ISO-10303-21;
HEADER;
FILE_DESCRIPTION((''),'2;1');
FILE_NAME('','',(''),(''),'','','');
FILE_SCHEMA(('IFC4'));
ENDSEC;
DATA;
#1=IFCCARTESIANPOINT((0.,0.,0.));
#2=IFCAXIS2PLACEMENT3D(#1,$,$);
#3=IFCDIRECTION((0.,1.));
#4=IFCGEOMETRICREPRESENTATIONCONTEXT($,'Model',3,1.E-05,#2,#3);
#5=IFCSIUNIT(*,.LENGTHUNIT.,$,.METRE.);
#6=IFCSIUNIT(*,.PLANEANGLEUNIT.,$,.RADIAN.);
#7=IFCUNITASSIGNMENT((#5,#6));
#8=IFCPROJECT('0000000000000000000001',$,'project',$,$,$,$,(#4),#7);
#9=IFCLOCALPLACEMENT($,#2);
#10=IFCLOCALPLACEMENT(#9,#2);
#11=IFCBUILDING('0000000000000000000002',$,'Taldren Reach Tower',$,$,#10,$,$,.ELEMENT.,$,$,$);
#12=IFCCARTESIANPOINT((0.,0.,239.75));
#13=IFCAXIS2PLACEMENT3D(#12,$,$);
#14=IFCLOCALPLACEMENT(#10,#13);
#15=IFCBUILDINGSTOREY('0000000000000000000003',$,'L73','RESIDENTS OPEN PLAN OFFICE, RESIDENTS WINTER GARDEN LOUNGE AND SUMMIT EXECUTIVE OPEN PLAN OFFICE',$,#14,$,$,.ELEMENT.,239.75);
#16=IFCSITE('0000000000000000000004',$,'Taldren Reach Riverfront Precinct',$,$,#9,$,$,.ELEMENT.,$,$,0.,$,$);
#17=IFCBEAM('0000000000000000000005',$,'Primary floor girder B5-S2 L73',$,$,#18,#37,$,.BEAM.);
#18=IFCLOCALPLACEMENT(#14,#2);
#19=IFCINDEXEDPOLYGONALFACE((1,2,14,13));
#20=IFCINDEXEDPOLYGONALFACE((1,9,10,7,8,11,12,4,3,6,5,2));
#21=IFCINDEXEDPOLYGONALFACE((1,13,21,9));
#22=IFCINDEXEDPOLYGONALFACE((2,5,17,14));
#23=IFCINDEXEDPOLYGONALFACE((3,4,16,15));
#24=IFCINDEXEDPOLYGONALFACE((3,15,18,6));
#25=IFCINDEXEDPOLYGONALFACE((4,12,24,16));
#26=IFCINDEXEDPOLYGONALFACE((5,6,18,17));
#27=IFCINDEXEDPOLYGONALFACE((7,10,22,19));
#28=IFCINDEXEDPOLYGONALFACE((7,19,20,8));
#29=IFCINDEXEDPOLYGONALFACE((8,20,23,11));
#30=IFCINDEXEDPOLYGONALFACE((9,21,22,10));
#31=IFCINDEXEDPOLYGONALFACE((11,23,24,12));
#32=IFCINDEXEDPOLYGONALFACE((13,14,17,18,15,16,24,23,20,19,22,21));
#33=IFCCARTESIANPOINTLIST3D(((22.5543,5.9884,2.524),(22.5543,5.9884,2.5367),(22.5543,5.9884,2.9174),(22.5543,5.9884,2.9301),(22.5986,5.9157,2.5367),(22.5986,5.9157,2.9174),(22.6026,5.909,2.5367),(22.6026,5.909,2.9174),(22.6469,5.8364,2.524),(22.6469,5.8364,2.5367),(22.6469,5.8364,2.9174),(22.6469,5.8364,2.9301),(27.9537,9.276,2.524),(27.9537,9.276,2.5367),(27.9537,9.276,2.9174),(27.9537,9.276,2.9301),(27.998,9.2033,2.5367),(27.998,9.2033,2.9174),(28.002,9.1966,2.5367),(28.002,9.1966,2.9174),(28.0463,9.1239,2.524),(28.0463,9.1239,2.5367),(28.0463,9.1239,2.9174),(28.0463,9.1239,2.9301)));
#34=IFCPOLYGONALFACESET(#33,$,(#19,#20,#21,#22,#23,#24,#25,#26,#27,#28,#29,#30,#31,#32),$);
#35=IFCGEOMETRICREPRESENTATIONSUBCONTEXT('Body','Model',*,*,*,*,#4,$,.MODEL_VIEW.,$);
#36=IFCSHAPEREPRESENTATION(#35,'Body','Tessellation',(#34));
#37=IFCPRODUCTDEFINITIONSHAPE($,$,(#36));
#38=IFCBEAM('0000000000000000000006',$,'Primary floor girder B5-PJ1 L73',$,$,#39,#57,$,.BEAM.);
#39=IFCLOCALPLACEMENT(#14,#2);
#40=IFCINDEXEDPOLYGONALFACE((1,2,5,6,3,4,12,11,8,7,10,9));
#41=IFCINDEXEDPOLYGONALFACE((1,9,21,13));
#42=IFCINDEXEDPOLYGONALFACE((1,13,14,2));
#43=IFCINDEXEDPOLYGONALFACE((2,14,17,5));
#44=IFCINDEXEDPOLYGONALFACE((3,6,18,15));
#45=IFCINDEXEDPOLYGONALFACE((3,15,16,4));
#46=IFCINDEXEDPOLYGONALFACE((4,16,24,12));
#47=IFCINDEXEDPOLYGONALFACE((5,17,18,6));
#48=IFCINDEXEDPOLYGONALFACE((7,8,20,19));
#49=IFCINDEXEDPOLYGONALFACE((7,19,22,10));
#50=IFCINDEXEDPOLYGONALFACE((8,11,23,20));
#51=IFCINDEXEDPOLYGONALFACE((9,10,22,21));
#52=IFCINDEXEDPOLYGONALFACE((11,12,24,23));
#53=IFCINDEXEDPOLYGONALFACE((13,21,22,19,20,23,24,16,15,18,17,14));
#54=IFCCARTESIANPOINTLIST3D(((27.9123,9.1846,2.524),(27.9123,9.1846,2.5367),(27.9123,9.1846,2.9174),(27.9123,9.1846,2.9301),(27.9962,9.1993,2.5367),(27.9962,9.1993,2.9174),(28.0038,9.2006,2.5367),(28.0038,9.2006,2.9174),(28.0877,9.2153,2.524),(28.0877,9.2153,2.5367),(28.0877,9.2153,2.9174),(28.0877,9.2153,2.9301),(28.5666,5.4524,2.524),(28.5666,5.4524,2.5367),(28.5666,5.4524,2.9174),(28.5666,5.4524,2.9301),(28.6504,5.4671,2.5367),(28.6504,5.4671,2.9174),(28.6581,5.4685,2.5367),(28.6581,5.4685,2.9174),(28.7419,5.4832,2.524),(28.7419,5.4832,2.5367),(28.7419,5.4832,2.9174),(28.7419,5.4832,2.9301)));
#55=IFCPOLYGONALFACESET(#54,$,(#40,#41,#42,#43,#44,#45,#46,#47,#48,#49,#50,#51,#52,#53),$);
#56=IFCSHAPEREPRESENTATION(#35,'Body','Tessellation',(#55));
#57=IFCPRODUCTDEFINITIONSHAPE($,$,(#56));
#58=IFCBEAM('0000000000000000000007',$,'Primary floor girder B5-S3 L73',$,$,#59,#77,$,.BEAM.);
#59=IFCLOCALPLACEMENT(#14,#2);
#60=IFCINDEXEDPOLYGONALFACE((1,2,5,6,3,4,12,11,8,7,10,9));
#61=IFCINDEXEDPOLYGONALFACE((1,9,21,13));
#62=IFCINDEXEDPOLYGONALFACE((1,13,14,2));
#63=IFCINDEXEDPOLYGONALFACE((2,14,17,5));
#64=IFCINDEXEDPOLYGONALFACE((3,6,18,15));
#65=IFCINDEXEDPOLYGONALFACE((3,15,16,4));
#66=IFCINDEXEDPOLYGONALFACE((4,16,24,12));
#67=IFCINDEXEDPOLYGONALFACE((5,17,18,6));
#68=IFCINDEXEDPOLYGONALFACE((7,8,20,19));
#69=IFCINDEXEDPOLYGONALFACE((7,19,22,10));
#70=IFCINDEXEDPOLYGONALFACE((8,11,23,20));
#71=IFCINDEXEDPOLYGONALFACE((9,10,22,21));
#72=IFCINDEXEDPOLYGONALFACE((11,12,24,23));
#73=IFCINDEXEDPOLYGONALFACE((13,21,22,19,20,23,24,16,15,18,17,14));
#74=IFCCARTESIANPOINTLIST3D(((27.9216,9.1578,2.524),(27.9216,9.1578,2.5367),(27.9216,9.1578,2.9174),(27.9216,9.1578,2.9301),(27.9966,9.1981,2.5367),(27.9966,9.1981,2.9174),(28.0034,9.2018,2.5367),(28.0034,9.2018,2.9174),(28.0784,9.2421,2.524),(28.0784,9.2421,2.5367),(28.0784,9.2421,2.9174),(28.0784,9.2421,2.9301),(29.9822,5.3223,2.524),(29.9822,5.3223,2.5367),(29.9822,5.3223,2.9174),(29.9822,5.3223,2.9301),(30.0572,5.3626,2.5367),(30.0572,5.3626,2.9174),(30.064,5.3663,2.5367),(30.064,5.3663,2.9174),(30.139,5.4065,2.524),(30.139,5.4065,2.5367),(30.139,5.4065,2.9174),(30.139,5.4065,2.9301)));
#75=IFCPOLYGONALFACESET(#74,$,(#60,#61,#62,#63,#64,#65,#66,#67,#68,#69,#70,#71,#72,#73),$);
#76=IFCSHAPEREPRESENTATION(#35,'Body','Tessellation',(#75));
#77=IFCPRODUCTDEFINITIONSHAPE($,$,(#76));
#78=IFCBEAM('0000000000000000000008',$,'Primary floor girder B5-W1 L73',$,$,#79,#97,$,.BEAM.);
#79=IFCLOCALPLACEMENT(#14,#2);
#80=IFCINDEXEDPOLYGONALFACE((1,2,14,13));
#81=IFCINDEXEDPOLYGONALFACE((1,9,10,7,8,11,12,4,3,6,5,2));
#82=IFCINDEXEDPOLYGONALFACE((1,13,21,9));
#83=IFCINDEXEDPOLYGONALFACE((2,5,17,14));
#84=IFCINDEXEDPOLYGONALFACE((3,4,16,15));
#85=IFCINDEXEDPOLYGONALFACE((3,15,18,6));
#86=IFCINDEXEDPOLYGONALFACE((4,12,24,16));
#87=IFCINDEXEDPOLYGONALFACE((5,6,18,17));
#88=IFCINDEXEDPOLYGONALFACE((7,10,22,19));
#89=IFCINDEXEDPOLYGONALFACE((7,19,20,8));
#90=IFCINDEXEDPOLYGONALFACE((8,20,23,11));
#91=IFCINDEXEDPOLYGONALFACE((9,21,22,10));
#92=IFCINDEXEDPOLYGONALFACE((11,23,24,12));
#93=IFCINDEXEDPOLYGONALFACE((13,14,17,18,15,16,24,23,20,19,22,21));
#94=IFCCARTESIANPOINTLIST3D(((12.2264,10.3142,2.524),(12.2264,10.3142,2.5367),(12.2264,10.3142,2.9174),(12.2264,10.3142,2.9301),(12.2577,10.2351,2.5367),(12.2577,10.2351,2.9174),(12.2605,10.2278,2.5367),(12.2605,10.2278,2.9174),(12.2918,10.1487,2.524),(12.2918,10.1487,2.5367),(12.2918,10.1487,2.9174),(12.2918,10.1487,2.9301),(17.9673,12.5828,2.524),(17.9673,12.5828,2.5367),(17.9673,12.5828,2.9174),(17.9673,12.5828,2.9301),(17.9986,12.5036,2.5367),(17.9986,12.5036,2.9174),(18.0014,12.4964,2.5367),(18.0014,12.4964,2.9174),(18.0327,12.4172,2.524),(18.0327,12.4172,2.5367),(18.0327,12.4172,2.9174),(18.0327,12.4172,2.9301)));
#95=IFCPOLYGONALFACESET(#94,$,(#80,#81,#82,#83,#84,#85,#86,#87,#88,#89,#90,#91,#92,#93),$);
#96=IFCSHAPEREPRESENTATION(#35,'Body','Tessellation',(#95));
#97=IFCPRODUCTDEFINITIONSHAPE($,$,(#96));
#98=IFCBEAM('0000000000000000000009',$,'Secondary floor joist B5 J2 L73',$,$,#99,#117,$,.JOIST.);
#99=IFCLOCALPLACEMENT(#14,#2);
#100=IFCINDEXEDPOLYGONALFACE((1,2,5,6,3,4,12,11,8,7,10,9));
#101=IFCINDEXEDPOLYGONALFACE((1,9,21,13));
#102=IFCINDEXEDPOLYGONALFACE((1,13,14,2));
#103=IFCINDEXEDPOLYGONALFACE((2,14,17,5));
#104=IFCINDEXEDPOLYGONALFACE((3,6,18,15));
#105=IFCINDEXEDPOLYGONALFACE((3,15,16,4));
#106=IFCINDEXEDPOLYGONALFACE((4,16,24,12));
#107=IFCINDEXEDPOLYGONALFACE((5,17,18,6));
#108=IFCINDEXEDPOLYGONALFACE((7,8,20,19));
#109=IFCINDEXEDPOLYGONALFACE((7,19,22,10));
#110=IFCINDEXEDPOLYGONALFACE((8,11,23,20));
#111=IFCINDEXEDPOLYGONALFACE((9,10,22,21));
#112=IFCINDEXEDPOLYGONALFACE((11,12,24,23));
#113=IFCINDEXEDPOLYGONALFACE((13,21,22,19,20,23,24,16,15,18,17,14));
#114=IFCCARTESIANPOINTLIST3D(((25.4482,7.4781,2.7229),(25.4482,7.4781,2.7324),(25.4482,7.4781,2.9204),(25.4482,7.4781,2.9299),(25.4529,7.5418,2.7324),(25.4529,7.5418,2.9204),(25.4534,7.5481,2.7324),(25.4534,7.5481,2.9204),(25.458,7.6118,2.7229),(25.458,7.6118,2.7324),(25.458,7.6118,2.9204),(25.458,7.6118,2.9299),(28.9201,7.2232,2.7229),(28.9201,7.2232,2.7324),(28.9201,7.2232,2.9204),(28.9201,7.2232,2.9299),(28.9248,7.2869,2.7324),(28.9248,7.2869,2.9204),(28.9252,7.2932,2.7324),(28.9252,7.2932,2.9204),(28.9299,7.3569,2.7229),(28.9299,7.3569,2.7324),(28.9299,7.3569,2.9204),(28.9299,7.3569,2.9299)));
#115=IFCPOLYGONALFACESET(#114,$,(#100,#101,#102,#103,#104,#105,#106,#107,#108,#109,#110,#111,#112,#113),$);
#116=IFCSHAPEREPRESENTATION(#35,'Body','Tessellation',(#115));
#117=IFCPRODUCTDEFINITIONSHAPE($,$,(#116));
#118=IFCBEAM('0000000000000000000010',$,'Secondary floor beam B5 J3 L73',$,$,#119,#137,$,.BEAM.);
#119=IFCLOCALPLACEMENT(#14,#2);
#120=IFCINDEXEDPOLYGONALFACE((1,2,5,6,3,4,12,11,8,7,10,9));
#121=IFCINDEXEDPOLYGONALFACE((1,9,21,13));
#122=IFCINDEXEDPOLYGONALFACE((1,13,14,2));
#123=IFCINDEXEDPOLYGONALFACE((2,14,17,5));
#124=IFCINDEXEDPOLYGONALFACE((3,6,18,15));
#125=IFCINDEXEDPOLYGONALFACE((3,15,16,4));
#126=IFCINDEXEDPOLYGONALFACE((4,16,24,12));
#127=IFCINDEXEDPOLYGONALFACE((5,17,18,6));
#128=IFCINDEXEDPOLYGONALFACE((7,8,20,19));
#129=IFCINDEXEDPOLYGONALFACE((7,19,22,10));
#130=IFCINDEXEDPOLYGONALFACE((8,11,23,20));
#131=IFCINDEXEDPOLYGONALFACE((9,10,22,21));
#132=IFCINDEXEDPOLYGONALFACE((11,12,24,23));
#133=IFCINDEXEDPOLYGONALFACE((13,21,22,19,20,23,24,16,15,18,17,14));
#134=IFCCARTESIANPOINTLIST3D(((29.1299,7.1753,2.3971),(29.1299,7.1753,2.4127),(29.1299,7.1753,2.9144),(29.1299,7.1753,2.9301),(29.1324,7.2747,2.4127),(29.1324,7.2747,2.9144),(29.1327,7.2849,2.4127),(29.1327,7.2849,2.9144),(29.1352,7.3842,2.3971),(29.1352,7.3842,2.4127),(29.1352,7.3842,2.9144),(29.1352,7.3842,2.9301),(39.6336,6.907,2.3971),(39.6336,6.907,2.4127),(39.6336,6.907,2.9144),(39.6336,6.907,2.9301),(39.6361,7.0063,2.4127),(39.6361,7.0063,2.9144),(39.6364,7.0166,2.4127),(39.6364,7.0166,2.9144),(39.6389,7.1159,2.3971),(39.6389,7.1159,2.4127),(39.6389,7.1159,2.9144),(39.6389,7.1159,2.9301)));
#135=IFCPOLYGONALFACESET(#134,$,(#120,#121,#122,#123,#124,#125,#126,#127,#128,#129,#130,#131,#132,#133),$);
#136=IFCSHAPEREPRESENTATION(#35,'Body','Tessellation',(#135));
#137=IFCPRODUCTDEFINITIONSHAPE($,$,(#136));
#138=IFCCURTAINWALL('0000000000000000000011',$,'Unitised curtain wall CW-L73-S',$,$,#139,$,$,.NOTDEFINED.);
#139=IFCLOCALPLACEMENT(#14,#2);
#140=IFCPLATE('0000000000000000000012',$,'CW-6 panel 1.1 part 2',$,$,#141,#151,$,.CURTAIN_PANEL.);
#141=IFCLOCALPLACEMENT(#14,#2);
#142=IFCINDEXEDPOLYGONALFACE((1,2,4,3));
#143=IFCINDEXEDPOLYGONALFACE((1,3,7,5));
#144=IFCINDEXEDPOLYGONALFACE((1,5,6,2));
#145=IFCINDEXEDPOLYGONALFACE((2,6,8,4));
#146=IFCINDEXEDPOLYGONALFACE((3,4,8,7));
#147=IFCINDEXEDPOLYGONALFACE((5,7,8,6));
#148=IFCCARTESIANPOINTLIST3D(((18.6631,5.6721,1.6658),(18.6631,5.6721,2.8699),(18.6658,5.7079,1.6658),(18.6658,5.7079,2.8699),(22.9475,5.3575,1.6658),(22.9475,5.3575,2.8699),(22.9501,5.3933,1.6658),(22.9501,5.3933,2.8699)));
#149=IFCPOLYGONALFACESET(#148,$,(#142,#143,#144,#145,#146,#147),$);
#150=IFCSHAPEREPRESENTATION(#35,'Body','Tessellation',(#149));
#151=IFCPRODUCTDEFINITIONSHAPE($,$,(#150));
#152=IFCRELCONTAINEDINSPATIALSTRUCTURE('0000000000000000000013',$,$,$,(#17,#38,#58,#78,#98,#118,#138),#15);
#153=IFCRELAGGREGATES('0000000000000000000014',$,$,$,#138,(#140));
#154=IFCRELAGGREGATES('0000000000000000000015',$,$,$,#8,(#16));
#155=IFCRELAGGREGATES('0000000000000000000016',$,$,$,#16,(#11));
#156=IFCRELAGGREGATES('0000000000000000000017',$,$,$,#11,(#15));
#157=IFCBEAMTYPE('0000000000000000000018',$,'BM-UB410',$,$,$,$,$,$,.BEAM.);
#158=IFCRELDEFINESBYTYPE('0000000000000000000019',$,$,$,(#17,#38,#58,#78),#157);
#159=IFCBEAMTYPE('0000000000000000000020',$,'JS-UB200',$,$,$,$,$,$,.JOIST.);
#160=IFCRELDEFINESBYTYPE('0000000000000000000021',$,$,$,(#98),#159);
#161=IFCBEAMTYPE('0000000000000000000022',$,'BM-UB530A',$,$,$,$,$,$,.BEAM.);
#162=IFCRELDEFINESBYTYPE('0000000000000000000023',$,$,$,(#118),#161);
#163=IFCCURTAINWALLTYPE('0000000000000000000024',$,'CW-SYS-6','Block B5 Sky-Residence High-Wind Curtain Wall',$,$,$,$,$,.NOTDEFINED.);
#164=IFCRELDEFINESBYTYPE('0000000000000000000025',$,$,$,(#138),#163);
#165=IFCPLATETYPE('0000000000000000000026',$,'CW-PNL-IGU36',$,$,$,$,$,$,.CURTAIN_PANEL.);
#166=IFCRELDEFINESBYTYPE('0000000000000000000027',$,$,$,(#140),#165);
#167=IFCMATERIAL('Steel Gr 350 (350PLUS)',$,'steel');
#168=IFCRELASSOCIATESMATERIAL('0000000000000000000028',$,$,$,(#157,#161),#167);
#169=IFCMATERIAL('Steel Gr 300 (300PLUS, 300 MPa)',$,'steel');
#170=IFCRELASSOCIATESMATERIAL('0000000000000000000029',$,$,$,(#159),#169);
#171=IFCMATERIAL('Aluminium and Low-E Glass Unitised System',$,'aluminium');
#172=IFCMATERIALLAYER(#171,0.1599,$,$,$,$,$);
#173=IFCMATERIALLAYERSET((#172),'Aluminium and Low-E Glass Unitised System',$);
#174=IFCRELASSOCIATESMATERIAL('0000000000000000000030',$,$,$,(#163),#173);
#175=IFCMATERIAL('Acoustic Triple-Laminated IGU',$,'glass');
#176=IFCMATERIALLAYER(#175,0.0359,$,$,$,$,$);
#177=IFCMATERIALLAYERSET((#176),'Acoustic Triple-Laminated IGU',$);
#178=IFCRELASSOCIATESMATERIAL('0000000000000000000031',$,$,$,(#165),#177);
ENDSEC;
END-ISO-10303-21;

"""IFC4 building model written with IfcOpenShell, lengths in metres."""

from ifc_helpers import new_model, si_unit, direction, frame, origin, origin_2d, place, context, subcontext, project, spatial, rectangle, i_section, extrude, source, transform, mapped, material, layer, layer_set, material_profile, profile_set, type_object, element, aggregate, save


model = new_model("IFC4")

# Units and contexts
model_context = context("Model", 3, precision=1e-05, world=origin(), true_north=direction((0.0, 1.0)))
body_context = subcontext(model_context, "Body", "Model", "MODEL_VIEW")
ifc_project = project(units=[si_unit("LENGTHUNIT", "METRE"), si_unit("PLANEANGLEUNIT", "RADIAN")], contexts=[model_context])

# Site, building, storey
site_placement = place(None, origin())
site = spatial("IfcSite", under=ifc_project, at=site_placement, Name="Taldren Reach Riverfront Precinct", CompositionType="ELEMENT", RefElevation=0.0)
building_placement = place(site_placement, origin())
building = spatial("IfcBuilding", under=site, at=building_placement, Name="Taldren Reach Tower", CompositionType="ELEMENT")
storey_placement = place(building_placement, frame((0.0, 0.0, 239.75)))
storey = spatial("IfcBuildingStorey", under=building, at=storey_placement, Name="L73", Description="RESIDENTS OPEN PLAN OFFICE, RESIDENTS WINTER GARDEN LOUNGE AND SUMMIT EXECUTIVE OPEN PLAN OFFICE", CompositionType="ELEMENT", Elevation=239.75)

# Shared definitions
ifc_material_1 = material(Name="Steel Gr 350 (350PLUS)", Category="steel")

# Beams
ifc_material_profile_1 = material_profile(ifc_material_1, i_section(OverallWidth=0.178, OverallDepth=0.406, WebThickness=0.0078, FlangeThickness=0.0127, at=origin_2d()), Name="410UB59.7")
ifc_profile_set_1 = profile_set([ifc_material_profile_1], Name="Steel Gr 350 (350PLUS)")
beam_type_1 = type_object("IfcBeamType", Name="BM-UB410", PredefinedType="BEAM", material=ifc_profile_set_1)
shared_shape_1 = source(origin(), body_context, "Body", "SweptSolid", [
    extrude(i_section(OverallWidth=0.178, OverallDepth=0.406, WebThickness=0.0078, FlangeThickness=0.0127, at=origin_2d()), origin(), (0.0, 0.0, 1.0), 6.3215),
])
beam_1_placement = place(storey_placement, frame((28.0, 9.2, 2.7271), z_axis=(-0.854128, -0.520062, 0.0), x_axis=(0.520062, -0.854128, 0.0)))
element("IfcBeam", 1, at=beam_1_placement, inside=storey, type_object=beam_type_1, Name="Primary floor girder B5-S2 L73", PredefinedType="BEAM", context=body_context, shape_type="MappedRepresentation", body=[
    mapped(shared_shape_1, transform((0.0, 0.0, 0.0), scale=1.0)),
])
shared_shape_2 = source(origin(), body_context, "Body", "SweptSolid", [
    extrude(i_section(OverallWidth=0.178, OverallDepth=0.406, WebThickness=0.0078, FlangeThickness=0.0127, at=origin_2d()), origin(), (0.0, 0.0, 1.0), 3.7891),
])
beam_2_placement = place(storey_placement, frame((28.0, 9.2, 2.7271), z_axis=(0.172679, -0.984978, 0.0), x_axis=(0.984978, 0.172679, 0.0)))
element("IfcBeam", 2, at=beam_2_placement, inside=storey, type_object=beam_type_1, Name="Primary floor girder B5-PJ1 L73", PredefinedType="BEAM", context=body_context, shape_type="MappedRepresentation", body=[
    mapped(shared_shape_2, transform((0.0, 0.0, 0.0), scale=1.0)),
])
shared_shape_3 = source(origin(), body_context, "Body", "SweptSolid", [
    extrude(i_section(OverallWidth=0.178, OverallDepth=0.406, WebThickness=0.0078, FlangeThickness=0.0127, at=origin_2d()), origin(), (0.0, 0.0, 1.0), 4.354),
])
beam_3_placement = place(storey_placement, frame((28.0, 9.2, 2.7271), z_axis=(0.473264, -0.880921, 0.0), x_axis=(0.880921, 0.473264, 0.0)))
element("IfcBeam", 3, at=beam_3_placement, inside=storey, type_object=beam_type_1, Name="Primary floor girder B5-S3 L73", PredefinedType="BEAM", context=body_context, shape_type="MappedRepresentation", body=[
    mapped(shared_shape_3, transform((0.0, 0.0, 0.0), scale=1.0)),
])
shared_shape_4 = source(origin(), body_context, "Body", "SweptSolid", [
    extrude(i_section(OverallWidth=0.178, OverallDepth=0.406, WebThickness=0.0078, FlangeThickness=0.0127, at=origin_2d()), origin(), (0.0, 0.0, 1.0), 6.1729),
])
beam_4_placement = place(storey_placement, frame((18.0, 12.5, 2.7271), z_axis=(-0.930023, -0.367501, 0.0), x_axis=(0.367501, -0.930023, 0.0)))
element("IfcBeam", 4, at=beam_4_placement, inside=storey, type_object=beam_type_1, Name="Primary floor girder B5-W1 L73", PredefinedType="BEAM", context=body_context, shape_type="MappedRepresentation", body=[
    mapped(shared_shape_4, transform((0.0, 0.0, 0.0), scale=1.0)),
])
ifc_material_2 = material(Name="Steel Gr 300 (300PLUS, 300 MPa)", Category="steel")
ifc_material_profile_2 = material_profile(ifc_material_2, i_section(OverallWidth=0.134, OverallDepth=0.207, WebThickness=0.0063, FlangeThickness=0.0095, at=origin_2d()), Name="200UB29.8")
ifc_profile_set_2 = profile_set([ifc_material_profile_2], Name="Steel Gr 300 (300PLUS, 300 MPa)")
beam_type_2 = type_object("IfcBeamType", Name="JS-UB200", PredefinedType="JOIST", material=ifc_profile_set_2)
shared_shape_5 = source(origin(), body_context, "Body", "SweptSolid", [
    extrude(i_section(OverallWidth=0.134, OverallDepth=0.207, WebThickness=0.0063, FlangeThickness=0.0095, at=origin_2d()), origin(), (0.0, 0.0, 1.0), 3.4812),
])
beam_5_placement = place(storey_placement, frame((25.4531, 7.5449, 2.8264), z_axis=(0.997316, -0.073216, 0.0), x_axis=(0.073216, 0.997316, 0.0)))
element("IfcBeam", 5, at=beam_5_placement, inside=storey, type_object=beam_type_2, Name="Secondary floor joist B5 J2 L73", PredefinedType="JOIST", context=body_context, shape_type="MappedRepresentation", body=[
    mapped(shared_shape_5, transform((0.0, 0.0, 0.0), scale=1.0)),
])
ifc_material_profile_3 = material_profile(ifc_material_1, i_section(OverallWidth=0.209, OverallDepth=0.533, WebThickness=0.0103, FlangeThickness=0.0156, at=origin_2d()), Name="530UB92.4")
ifc_profile_set_3 = profile_set([ifc_material_profile_3], Name="Steel Gr 350 (350PLUS)")
beam_type_3 = type_object("IfcBeamType", Name="BM-UB530A", PredefinedType="BEAM", material=ifc_profile_set_3)
shared_shape_6 = source(origin(), body_context, "Body", "SweptSolid", [
    extrude(i_section(OverallWidth=0.209, OverallDepth=0.533, WebThickness=0.0103, FlangeThickness=0.0156, at=origin_2d()), origin(), (0.0, 0.0, 1.0), 10.5071),
])
beam_6_placement = place(storey_placement, frame((29.1326, 7.2798, 2.6636), z_axis=(0.999674, -0.025536, 0.0), x_axis=(0.025536, 0.999674, 0.0)))
element("IfcBeam", 6, at=beam_6_placement, inside=storey, type_object=beam_type_3, Name="Secondary floor beam B5 J3 L73", PredefinedType="BEAM", context=body_context, shape_type="MappedRepresentation", body=[
    mapped(shared_shape_6, transform((0.0, 0.0, 0.0), scale=1.0)),
])

# Curtain wall, plate
ifc_material_3 = material(Name="Aluminium and Low-E Glass Unitised System", Category="aluminium")
ifc_layer_1 = layer(ifc_material_3, 0.1599)
ifc_layer_set_1 = layer_set([ifc_layer_1], Name="Aluminium and Low-E Glass Unitised System")
curtain_wall_type = type_object("IfcCurtainWallType", Name="CW-SYS-6", Description="Block B5 Sky-Residence High-Wind Curtain Wall", PredefinedType="NOTDEFINED", material=ifc_layer_set_1)
curtain_wall_placement = place(storey_placement, origin())
curtain_wall = element("IfcCurtainWall", 7, at=curtain_wall_placement, inside=storey, type_object=curtain_wall_type, Name="Unitised curtain wall CW-L73-S", PredefinedType="NOTDEFINED")
ifc_material_4 = material(Name="Acoustic Triple-Laminated IGU", Category="glass")
ifc_layer_2 = layer(ifc_material_4, 0.0359)
ifc_layer_set_2 = layer_set([ifc_layer_2], Name="Acoustic Triple-Laminated IGU")
plate_type = type_object("IfcPlateType", Name="CW-PNL-IGU36", PredefinedType="CURTAIN_PANEL", material=ifc_layer_set_2)
shared_shape_7 = source(origin(), body_context, "Body", "SweptSolid", [
    extrude(rectangle(XDim=4.2959, YDim=0.0359, at=origin_2d()), origin(), (0.0, 0.0, 1.0), 1.2041),
])
plate_placement = place(storey_placement, frame((20.8066, 5.5327, 1.6658), z_axis=(0.0, 0.0, 1.0), x_axis=(0.997314, -0.073238, 0.0)))
plate = element("IfcPlate", 8, at=plate_placement, type_object=plate_type, Name="CW-6 panel 1.1 part 2", PredefinedType="CURTAIN_PANEL", context=body_context, shape_type="MappedRepresentation", body=[
    mapped(shared_shape_7, transform((0.0, 0.0, 0.0), scale=1.0)),
])
aggregate(curtain_wall, [plate])

save(model, "model.ifc")
